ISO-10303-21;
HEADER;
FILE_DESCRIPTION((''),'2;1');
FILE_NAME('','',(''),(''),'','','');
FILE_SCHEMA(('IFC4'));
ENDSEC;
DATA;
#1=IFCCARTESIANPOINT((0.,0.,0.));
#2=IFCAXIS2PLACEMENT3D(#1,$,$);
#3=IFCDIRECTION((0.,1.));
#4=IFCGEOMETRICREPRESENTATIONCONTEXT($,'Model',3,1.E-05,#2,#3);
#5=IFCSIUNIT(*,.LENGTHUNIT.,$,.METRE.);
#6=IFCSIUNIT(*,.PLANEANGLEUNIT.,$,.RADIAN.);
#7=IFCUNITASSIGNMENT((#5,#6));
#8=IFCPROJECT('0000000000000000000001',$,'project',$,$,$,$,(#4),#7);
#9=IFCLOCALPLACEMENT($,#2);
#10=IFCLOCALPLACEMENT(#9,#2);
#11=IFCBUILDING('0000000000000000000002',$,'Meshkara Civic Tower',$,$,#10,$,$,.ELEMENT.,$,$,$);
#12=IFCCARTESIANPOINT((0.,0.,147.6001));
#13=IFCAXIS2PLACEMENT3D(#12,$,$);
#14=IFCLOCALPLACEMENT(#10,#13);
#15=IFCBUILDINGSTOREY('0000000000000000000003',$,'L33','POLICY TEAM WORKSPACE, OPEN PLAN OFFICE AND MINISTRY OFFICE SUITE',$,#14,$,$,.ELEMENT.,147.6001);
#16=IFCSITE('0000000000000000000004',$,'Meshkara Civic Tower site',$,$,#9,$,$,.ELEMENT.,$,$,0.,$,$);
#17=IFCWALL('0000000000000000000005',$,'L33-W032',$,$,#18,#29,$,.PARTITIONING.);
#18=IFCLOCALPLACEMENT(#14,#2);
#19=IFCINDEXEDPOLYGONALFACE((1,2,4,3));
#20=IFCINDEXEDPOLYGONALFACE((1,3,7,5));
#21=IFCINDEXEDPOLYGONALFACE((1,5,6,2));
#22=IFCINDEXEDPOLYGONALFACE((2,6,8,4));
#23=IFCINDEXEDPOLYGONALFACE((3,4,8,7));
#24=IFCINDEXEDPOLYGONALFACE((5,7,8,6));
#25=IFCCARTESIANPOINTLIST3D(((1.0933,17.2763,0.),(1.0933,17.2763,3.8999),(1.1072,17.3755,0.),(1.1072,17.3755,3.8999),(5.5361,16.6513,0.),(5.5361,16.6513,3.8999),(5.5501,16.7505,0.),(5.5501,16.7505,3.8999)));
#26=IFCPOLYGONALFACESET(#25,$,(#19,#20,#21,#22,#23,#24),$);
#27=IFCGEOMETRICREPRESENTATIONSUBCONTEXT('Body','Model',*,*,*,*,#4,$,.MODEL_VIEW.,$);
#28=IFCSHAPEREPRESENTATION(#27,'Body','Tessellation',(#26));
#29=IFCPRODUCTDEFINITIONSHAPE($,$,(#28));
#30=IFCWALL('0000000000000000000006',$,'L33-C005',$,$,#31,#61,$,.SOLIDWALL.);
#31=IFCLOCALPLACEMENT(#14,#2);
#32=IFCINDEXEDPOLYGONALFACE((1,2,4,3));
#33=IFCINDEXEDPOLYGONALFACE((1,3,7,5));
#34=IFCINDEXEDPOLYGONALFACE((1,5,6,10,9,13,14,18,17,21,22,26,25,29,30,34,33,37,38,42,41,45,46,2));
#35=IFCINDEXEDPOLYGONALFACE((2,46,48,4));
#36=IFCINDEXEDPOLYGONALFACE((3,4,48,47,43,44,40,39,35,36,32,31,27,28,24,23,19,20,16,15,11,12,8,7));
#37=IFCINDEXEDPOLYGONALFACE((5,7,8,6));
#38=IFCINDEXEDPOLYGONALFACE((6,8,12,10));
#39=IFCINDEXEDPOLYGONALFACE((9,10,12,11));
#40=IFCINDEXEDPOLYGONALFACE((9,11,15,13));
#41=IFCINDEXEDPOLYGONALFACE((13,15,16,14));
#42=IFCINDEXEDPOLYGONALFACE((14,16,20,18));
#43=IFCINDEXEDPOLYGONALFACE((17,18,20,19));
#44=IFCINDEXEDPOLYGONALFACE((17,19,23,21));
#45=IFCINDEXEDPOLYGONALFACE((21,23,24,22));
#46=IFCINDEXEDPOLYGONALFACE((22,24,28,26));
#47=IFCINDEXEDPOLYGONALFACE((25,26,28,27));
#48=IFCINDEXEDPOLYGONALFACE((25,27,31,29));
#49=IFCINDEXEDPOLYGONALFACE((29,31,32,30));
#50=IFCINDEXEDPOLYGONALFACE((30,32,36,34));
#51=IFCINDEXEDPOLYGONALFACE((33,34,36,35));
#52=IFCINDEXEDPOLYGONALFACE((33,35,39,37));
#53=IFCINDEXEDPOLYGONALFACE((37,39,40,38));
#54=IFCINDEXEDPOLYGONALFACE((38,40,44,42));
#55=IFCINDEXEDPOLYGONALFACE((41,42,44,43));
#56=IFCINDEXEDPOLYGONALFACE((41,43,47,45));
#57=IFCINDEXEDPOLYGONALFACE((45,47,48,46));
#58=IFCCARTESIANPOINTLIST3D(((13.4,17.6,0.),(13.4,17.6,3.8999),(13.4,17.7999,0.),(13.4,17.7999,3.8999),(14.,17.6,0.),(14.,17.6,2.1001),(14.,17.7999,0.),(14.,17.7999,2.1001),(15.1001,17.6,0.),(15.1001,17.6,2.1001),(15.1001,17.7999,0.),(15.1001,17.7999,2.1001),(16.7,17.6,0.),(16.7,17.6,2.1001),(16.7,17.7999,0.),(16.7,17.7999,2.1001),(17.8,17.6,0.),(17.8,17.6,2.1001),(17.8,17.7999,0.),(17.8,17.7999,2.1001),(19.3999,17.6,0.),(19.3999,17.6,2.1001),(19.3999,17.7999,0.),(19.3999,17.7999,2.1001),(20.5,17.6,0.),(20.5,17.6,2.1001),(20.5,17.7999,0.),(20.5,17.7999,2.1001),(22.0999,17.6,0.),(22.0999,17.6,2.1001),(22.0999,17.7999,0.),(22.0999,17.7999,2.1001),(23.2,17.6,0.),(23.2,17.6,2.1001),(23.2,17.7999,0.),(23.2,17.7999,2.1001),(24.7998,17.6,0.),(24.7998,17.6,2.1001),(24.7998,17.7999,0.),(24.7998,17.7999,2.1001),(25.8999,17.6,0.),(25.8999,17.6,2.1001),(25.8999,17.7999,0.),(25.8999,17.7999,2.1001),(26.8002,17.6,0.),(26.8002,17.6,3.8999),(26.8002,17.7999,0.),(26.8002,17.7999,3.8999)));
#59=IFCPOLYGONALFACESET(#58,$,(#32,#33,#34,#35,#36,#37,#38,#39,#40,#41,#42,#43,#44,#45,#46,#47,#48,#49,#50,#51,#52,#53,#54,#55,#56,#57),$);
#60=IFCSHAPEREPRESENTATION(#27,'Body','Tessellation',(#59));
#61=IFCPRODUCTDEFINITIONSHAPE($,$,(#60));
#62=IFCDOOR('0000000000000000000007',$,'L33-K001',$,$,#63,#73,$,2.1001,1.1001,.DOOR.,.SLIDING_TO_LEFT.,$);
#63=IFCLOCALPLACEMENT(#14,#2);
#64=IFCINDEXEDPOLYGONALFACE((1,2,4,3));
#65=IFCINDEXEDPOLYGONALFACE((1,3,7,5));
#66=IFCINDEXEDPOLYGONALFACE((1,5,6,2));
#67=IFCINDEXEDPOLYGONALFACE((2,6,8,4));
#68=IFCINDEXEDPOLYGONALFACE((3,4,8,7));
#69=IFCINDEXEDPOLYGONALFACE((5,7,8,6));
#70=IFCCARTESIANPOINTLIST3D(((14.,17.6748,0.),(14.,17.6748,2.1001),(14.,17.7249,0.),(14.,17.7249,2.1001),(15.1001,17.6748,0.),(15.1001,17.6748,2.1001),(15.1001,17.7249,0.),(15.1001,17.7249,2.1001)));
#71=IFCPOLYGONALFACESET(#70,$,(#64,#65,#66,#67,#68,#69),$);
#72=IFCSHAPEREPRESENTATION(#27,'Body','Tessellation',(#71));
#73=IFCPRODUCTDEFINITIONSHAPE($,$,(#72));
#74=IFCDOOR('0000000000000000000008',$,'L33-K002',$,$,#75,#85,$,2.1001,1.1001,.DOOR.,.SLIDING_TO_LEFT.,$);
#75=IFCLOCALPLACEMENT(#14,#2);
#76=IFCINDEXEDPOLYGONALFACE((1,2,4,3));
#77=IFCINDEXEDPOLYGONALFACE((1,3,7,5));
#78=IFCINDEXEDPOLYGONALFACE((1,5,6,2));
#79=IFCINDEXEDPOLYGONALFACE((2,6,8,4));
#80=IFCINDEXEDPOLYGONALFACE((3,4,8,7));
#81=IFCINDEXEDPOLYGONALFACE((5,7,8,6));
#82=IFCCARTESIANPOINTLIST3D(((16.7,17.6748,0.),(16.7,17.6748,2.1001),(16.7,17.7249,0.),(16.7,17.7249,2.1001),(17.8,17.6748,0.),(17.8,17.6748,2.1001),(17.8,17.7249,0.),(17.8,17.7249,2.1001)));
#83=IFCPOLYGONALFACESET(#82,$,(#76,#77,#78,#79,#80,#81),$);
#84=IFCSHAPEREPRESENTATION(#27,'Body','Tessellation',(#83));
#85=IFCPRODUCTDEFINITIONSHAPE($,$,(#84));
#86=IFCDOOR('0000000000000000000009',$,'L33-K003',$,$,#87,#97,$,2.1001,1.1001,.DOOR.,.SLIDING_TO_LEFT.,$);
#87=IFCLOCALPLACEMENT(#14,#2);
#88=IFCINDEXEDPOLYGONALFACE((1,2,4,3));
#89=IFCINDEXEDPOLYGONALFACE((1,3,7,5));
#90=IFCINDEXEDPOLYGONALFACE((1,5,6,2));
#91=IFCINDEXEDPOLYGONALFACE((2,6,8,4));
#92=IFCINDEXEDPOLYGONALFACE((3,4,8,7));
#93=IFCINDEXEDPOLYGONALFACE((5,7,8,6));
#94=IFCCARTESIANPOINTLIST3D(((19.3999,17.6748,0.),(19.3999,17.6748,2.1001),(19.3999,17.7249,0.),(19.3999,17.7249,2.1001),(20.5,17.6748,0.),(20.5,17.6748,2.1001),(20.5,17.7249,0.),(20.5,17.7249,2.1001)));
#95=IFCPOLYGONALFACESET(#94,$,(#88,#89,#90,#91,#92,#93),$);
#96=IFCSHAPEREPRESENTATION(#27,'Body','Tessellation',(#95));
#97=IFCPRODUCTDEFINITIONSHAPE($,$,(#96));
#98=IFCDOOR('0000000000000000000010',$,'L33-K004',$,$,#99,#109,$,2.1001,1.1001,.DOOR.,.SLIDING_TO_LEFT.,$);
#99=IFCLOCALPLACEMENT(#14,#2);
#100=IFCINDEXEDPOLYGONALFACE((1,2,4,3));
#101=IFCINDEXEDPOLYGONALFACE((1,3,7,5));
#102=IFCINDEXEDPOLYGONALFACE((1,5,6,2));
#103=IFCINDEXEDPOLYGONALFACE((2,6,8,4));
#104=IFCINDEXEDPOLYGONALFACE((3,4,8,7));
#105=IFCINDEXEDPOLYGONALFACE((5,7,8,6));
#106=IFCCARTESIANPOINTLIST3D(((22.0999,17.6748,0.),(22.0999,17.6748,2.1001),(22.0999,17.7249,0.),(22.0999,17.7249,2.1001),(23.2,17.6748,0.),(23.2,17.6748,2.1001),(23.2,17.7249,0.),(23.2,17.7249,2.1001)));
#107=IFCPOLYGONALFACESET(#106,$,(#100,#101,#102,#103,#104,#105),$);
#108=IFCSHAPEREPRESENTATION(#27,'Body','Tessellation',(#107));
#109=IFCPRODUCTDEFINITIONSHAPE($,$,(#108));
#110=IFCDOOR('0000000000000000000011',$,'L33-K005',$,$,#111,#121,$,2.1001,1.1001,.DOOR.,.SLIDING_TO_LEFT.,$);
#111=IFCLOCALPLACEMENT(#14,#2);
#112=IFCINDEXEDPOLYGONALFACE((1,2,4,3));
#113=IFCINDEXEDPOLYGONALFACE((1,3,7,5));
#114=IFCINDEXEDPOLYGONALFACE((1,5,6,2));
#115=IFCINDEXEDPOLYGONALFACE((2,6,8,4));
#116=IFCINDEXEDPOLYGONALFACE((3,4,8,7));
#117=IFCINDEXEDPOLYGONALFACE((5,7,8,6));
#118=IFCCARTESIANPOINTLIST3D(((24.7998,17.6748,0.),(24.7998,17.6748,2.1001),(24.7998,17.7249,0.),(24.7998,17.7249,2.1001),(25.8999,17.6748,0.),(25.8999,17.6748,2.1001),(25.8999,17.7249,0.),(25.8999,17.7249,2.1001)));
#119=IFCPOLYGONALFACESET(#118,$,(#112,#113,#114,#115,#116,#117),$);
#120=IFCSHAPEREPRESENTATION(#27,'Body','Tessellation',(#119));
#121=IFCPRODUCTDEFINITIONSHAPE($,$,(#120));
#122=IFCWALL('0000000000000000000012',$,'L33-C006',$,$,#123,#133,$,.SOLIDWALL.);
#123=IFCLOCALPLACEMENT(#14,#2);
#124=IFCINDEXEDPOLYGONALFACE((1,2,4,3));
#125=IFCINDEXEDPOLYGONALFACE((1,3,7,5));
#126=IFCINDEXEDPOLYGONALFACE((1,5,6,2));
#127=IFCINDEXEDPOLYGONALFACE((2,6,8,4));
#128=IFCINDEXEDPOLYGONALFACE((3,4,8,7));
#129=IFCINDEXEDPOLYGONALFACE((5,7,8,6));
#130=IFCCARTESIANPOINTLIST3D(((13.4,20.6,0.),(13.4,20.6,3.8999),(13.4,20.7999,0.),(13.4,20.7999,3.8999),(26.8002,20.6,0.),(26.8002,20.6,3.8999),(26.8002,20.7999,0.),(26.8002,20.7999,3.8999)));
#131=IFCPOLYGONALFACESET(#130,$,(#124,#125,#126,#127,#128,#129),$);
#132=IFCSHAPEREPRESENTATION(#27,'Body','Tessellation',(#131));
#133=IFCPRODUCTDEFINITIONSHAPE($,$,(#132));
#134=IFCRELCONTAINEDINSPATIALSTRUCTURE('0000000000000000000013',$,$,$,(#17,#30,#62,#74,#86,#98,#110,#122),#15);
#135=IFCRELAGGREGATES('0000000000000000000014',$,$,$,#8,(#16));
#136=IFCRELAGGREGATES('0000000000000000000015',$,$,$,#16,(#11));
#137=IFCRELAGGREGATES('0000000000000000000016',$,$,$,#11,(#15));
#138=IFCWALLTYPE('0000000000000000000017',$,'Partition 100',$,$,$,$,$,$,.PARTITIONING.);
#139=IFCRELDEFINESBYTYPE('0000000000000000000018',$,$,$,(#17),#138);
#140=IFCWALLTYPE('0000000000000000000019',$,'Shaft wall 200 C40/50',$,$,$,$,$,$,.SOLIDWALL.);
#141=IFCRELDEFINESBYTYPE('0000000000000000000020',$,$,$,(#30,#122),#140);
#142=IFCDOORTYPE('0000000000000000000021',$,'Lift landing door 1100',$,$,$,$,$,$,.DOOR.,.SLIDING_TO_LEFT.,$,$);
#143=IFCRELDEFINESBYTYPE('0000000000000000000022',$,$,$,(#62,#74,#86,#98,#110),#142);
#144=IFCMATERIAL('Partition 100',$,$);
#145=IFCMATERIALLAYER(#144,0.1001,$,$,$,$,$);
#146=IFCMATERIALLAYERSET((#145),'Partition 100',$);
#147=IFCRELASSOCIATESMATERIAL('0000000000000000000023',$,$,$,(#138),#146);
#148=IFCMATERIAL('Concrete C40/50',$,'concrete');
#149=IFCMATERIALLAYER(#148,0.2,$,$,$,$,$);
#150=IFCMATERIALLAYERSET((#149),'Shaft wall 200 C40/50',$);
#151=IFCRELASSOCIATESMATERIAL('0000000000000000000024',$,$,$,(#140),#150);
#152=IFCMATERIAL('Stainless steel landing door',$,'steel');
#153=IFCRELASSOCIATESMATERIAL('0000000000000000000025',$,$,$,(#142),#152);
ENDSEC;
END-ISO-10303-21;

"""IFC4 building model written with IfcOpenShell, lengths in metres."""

from ifc_helpers import new_model, si_unit, direction, frame, frame_2d, origin, place, context, subcontext, project, spatial, rectangle, extrude, material, layer, layer_set, type_object, element, fill, save


model = new_model("IFC4")

# Units and contexts
model_context = context("Model", 3, precision=1e-05, world=origin(), true_north=direction((0.0, 1.0)))
body_context = subcontext(model_context, "Body", "Model", "MODEL_VIEW")
ifc_project = project(units=[si_unit("LENGTHUNIT", "METRE"), si_unit("PLANEANGLEUNIT", "RADIAN")], contexts=[model_context])

# Site, building, storey
site_placement = place(None, origin())
site = spatial("IfcSite", under=ifc_project, at=site_placement, Name="Meshkara Civic Tower site", CompositionType="ELEMENT", RefElevation=0.0)
building_placement = place(site_placement, origin())
building = spatial("IfcBuilding", under=site, at=building_placement, Name="Meshkara Civic Tower", CompositionType="ELEMENT")
storey_placement = place(building_placement, frame((0.0, 0.0, 147.6001)))
storey = spatial("IfcBuildingStorey", under=building, at=storey_placement, Name="L33", Description="POLICY TEAM WORKSPACE, OPEN PLAN OFFICE AND MINISTRY OFFICE SUITE", CompositionType="ELEMENT", Elevation=147.6001)

# Wall
ifc_material_1 = material(Name="Partition 100")
ifc_layer_1 = layer(ifc_material_1, 0.1001)
ifc_layer_set_1 = layer_set([ifc_layer_1], Name="Partition 100")
wall_type_1 = type_object("IfcWallType", Name="Partition 100", PredefinedType="PARTITIONING", material=ifc_layer_set_1)
wall_1_placement = place(storey_placement, frame((5.543, 16.7009, 0.0), z_axis=(0.0, 0.0, 1.0), x_axis=(-0.99025, 0.139303, 0.0)))
element("IfcWall", 1, at=wall_1_placement, inside=storey, type_object=wall_type_1, Name="L33-W032", PredefinedType="PARTITIONING", context=body_context, shape_type="SweptSolid", body=[
    extrude(rectangle(XDim=4.4866, YDim=0.1001, at=frame_2d((2.2432, 0.0))), origin(), (0.0, 0.0, 1.0), 3.8999),
])

# Wall, openings, doors
ifc_material_2 = material(Name="Concrete C40/50", Category="concrete")
ifc_layer_2 = layer(ifc_material_2, 0.2)
ifc_layer_set_2 = layer_set([ifc_layer_2], Name="Shaft wall 200 C40/50")
wall_type_2 = type_object("IfcWallType", Name="Shaft wall 200 C40/50", PredefinedType="SOLIDWALL", material=ifc_layer_set_2)
wall_2_placement = place(storey_placement, frame((13.3999, 17.7, 0.0), z_axis=(0.0, 0.0, 1.0), x_axis=(1.0, 0.0, 0.0)))
wall_2 = element("IfcWall", 2, at=wall_2_placement, inside=storey, type_object=wall_type_2, Name="L33-C005", PredefinedType="SOLIDWALL", context=body_context, shape_type="SweptSolid", body=[
    extrude(rectangle(XDim=13.4001, YDim=0.2, at=frame_2d((6.7002, 0.0))), origin(), (0.0, 0.0, 1.0), 3.8999),
])
opening_1_placement = place(wall_2_placement, frame((0.6001, 0.0, 0.0)))
opening_1 = element("IfcOpeningElement", 3, at=opening_1_placement, cuts=wall_2, PredefinedType="OPENING", context=body_context, shape_type="SweptSolid", body=[
    extrude(rectangle(XDim=1.1001, YDim=2.1001, at=frame_2d((0.55, 1.05))), frame((0.0, 0.1099, 0.0), z_axis=(0.0, -1.0, 0.0), x_axis=(1.0, 0.0, 0.0)), (0.0, 0.0, 1.0), 0.22),
])
opening_2_placement = place(wall_2_placement, frame((3.3, 0.0, 0.0)))
opening_2 = element("IfcOpeningElement", 4, at=opening_2_placement, cuts=wall_2, PredefinedType="OPENING", context=body_context, shape_type="SweptSolid", body=[
    extrude(rectangle(XDim=1.1001, YDim=2.1001, at=frame_2d((0.55, 1.05))), frame((0.0, 0.1099, 0.0), z_axis=(0.0, -1.0, 0.0), x_axis=(1.0, 0.0, 0.0)), (0.0, 0.0, 1.0), 0.22),
])
opening_3_placement = place(wall_2_placement, frame((6.0, 0.0, 0.0)))
opening_3 = element("IfcOpeningElement", 5, at=opening_3_placement, cuts=wall_2, PredefinedType="OPENING", context=body_context, shape_type="SweptSolid", body=[
    extrude(rectangle(XDim=1.1001, YDim=2.1001, at=frame_2d((0.55, 1.05))), frame((0.0, 0.1099, 0.0), z_axis=(0.0, -1.0, 0.0), x_axis=(1.0, 0.0, 0.0)), (0.0, 0.0, 1.0), 0.22),
])
opening_4_placement = place(wall_2_placement, frame((8.7, 0.0, 0.0)))
opening_4 = element("IfcOpeningElement", 6, at=opening_4_placement, cuts=wall_2, PredefinedType="OPENING", context=body_context, shape_type="SweptSolid", body=[
    extrude(rectangle(XDim=1.1001, YDim=2.1001, at=frame_2d((0.55, 1.05))), frame((0.0, 0.1099, 0.0), z_axis=(0.0, -1.0, 0.0), x_axis=(1.0, 0.0, 0.0)), (0.0, 0.0, 1.0), 0.22),
])
opening_5_placement = place(wall_2_placement, frame((11.3999, 0.0, 0.0)))
opening_5 = element("IfcOpeningElement", 7, at=opening_5_placement, cuts=wall_2, PredefinedType="OPENING", context=body_context, shape_type="SweptSolid", body=[
    extrude(rectangle(XDim=1.1001, YDim=2.1001, at=frame_2d((0.55, 1.05))), frame((0.0, 0.1099, 0.0), z_axis=(0.0, -1.0, 0.0), x_axis=(1.0, 0.0, 0.0)), (0.0, 0.0, 1.0), 0.22),
])
ifc_material_3 = material(Name="Stainless steel landing door", Category="steel")
door_type_1 = type_object("IfcDoorType", Name="Lift landing door 1100", OperationType="SLIDING_TO_LEFT", PredefinedType="DOOR", material=ifc_material_3)
door_1_placement = place(opening_1_placement, origin())
door_1 = element("IfcDoor", 8, at=door_1_placement, inside=storey, type_object=door_type_1, Name="L33-K001", OperationType="SLIDING_TO_LEFT", OverallHeight=2.1001, OverallWidth=1.1001, PredefinedType="DOOR", context=body_context, shape_type="SweptSolid", body=[
    extrude(rectangle(XDim=1.1001, YDim=2.1001, at=frame_2d((0.55, 1.05))), frame((0.0, 0.0249, 0.0), z_axis=(0.0, -1.0, 0.0), x_axis=(1.0, 0.0, 0.0)), (0.0, 0.0, 1.0), 0.05),
])
fill(opening_1, door_1)
door_2_placement = place(opening_2_placement, origin())
door_2 = element("IfcDoor", 9, at=door_2_placement, inside=storey, type_object=door_type_1, Name="L33-K002", OperationType="SLIDING_TO_LEFT", OverallHeight=2.1001, OverallWidth=1.1001, PredefinedType="DOOR", context=body_context, shape_type="SweptSolid", body=[
    extrude(rectangle(XDim=1.1001, YDim=2.1001, at=frame_2d((0.55, 1.05))), frame((0.0, 0.0249, 0.0), z_axis=(0.0, -1.0, 0.0), x_axis=(1.0, 0.0, 0.0)), (0.0, 0.0, 1.0), 0.05),
])
fill(opening_2, door_2)
door_3_placement = place(opening_3_placement, origin())
door_3 = element("IfcDoor", 10, at=door_3_placement, inside=storey, type_object=door_type_1, Name="L33-K003", OperationType="SLIDING_TO_LEFT", OverallHeight=2.1001, OverallWidth=1.1001, PredefinedType="DOOR", context=body_context, shape_type="SweptSolid", body=[
    extrude(rectangle(XDim=1.1001, YDim=2.1001, at=frame_2d((0.55, 1.05))), frame((0.0, 0.0249, 0.0), z_axis=(0.0, -1.0, 0.0), x_axis=(1.0, 0.0, 0.0)), (0.0, 0.0, 1.0), 0.05),
])
fill(opening_3, door_3)
door_4_placement = place(opening_4_placement, origin())
door_4 = element("IfcDoor", 11, at=door_4_placement, inside=storey, type_object=door_type_1, Name="L33-K004", OperationType="SLIDING_TO_LEFT", OverallHeight=2.1001, OverallWidth=1.1001, PredefinedType="DOOR", context=body_context, shape_type="SweptSolid", body=[
    extrude(rectangle(XDim=1.1001, YDim=2.1001, at=frame_2d((0.55, 1.05))), frame((0.0, 0.0249, 0.0), z_axis=(0.0, -1.0, 0.0), x_axis=(1.0, 0.0, 0.0)), (0.0, 0.0, 1.0), 0.05),
])
fill(opening_4, door_4)
door_5_placement = place(opening_5_placement, origin())
door_5 = element("IfcDoor", 12, at=door_5_placement, inside=storey, type_object=door_type_1, Name="L33-K005", OperationType="SLIDING_TO_LEFT", OverallHeight=2.1001, OverallWidth=1.1001, PredefinedType="DOOR", context=body_context, shape_type="SweptSolid", body=[
    extrude(rectangle(XDim=1.1001, YDim=2.1001, at=frame_2d((0.55, 1.05))), frame((0.0, 0.0249, 0.0), z_axis=(0.0, -1.0, 0.0), x_axis=(1.0, 0.0, 0.0)), (0.0, 0.0, 1.0), 0.05),
])
fill(opening_5, door_5)

# Wall
wall_3_placement = place(storey_placement, frame((13.3999, 20.7, 0.0), z_axis=(0.0, 0.0, 1.0), x_axis=(1.0, 0.0, 0.0)))
element("IfcWall", 13, at=wall_3_placement, inside=storey, type_object=wall_type_2, Name="L33-C006", PredefinedType="SOLIDWALL", context=body_context, shape_type="SweptSolid", body=[
    extrude(rectangle(XDim=13.4001, YDim=0.2, at=frame_2d((6.7002, 0.0))), origin(), (0.0, 0.0, 1.0), 3.8999),
])

save(model, "model.ifc")
